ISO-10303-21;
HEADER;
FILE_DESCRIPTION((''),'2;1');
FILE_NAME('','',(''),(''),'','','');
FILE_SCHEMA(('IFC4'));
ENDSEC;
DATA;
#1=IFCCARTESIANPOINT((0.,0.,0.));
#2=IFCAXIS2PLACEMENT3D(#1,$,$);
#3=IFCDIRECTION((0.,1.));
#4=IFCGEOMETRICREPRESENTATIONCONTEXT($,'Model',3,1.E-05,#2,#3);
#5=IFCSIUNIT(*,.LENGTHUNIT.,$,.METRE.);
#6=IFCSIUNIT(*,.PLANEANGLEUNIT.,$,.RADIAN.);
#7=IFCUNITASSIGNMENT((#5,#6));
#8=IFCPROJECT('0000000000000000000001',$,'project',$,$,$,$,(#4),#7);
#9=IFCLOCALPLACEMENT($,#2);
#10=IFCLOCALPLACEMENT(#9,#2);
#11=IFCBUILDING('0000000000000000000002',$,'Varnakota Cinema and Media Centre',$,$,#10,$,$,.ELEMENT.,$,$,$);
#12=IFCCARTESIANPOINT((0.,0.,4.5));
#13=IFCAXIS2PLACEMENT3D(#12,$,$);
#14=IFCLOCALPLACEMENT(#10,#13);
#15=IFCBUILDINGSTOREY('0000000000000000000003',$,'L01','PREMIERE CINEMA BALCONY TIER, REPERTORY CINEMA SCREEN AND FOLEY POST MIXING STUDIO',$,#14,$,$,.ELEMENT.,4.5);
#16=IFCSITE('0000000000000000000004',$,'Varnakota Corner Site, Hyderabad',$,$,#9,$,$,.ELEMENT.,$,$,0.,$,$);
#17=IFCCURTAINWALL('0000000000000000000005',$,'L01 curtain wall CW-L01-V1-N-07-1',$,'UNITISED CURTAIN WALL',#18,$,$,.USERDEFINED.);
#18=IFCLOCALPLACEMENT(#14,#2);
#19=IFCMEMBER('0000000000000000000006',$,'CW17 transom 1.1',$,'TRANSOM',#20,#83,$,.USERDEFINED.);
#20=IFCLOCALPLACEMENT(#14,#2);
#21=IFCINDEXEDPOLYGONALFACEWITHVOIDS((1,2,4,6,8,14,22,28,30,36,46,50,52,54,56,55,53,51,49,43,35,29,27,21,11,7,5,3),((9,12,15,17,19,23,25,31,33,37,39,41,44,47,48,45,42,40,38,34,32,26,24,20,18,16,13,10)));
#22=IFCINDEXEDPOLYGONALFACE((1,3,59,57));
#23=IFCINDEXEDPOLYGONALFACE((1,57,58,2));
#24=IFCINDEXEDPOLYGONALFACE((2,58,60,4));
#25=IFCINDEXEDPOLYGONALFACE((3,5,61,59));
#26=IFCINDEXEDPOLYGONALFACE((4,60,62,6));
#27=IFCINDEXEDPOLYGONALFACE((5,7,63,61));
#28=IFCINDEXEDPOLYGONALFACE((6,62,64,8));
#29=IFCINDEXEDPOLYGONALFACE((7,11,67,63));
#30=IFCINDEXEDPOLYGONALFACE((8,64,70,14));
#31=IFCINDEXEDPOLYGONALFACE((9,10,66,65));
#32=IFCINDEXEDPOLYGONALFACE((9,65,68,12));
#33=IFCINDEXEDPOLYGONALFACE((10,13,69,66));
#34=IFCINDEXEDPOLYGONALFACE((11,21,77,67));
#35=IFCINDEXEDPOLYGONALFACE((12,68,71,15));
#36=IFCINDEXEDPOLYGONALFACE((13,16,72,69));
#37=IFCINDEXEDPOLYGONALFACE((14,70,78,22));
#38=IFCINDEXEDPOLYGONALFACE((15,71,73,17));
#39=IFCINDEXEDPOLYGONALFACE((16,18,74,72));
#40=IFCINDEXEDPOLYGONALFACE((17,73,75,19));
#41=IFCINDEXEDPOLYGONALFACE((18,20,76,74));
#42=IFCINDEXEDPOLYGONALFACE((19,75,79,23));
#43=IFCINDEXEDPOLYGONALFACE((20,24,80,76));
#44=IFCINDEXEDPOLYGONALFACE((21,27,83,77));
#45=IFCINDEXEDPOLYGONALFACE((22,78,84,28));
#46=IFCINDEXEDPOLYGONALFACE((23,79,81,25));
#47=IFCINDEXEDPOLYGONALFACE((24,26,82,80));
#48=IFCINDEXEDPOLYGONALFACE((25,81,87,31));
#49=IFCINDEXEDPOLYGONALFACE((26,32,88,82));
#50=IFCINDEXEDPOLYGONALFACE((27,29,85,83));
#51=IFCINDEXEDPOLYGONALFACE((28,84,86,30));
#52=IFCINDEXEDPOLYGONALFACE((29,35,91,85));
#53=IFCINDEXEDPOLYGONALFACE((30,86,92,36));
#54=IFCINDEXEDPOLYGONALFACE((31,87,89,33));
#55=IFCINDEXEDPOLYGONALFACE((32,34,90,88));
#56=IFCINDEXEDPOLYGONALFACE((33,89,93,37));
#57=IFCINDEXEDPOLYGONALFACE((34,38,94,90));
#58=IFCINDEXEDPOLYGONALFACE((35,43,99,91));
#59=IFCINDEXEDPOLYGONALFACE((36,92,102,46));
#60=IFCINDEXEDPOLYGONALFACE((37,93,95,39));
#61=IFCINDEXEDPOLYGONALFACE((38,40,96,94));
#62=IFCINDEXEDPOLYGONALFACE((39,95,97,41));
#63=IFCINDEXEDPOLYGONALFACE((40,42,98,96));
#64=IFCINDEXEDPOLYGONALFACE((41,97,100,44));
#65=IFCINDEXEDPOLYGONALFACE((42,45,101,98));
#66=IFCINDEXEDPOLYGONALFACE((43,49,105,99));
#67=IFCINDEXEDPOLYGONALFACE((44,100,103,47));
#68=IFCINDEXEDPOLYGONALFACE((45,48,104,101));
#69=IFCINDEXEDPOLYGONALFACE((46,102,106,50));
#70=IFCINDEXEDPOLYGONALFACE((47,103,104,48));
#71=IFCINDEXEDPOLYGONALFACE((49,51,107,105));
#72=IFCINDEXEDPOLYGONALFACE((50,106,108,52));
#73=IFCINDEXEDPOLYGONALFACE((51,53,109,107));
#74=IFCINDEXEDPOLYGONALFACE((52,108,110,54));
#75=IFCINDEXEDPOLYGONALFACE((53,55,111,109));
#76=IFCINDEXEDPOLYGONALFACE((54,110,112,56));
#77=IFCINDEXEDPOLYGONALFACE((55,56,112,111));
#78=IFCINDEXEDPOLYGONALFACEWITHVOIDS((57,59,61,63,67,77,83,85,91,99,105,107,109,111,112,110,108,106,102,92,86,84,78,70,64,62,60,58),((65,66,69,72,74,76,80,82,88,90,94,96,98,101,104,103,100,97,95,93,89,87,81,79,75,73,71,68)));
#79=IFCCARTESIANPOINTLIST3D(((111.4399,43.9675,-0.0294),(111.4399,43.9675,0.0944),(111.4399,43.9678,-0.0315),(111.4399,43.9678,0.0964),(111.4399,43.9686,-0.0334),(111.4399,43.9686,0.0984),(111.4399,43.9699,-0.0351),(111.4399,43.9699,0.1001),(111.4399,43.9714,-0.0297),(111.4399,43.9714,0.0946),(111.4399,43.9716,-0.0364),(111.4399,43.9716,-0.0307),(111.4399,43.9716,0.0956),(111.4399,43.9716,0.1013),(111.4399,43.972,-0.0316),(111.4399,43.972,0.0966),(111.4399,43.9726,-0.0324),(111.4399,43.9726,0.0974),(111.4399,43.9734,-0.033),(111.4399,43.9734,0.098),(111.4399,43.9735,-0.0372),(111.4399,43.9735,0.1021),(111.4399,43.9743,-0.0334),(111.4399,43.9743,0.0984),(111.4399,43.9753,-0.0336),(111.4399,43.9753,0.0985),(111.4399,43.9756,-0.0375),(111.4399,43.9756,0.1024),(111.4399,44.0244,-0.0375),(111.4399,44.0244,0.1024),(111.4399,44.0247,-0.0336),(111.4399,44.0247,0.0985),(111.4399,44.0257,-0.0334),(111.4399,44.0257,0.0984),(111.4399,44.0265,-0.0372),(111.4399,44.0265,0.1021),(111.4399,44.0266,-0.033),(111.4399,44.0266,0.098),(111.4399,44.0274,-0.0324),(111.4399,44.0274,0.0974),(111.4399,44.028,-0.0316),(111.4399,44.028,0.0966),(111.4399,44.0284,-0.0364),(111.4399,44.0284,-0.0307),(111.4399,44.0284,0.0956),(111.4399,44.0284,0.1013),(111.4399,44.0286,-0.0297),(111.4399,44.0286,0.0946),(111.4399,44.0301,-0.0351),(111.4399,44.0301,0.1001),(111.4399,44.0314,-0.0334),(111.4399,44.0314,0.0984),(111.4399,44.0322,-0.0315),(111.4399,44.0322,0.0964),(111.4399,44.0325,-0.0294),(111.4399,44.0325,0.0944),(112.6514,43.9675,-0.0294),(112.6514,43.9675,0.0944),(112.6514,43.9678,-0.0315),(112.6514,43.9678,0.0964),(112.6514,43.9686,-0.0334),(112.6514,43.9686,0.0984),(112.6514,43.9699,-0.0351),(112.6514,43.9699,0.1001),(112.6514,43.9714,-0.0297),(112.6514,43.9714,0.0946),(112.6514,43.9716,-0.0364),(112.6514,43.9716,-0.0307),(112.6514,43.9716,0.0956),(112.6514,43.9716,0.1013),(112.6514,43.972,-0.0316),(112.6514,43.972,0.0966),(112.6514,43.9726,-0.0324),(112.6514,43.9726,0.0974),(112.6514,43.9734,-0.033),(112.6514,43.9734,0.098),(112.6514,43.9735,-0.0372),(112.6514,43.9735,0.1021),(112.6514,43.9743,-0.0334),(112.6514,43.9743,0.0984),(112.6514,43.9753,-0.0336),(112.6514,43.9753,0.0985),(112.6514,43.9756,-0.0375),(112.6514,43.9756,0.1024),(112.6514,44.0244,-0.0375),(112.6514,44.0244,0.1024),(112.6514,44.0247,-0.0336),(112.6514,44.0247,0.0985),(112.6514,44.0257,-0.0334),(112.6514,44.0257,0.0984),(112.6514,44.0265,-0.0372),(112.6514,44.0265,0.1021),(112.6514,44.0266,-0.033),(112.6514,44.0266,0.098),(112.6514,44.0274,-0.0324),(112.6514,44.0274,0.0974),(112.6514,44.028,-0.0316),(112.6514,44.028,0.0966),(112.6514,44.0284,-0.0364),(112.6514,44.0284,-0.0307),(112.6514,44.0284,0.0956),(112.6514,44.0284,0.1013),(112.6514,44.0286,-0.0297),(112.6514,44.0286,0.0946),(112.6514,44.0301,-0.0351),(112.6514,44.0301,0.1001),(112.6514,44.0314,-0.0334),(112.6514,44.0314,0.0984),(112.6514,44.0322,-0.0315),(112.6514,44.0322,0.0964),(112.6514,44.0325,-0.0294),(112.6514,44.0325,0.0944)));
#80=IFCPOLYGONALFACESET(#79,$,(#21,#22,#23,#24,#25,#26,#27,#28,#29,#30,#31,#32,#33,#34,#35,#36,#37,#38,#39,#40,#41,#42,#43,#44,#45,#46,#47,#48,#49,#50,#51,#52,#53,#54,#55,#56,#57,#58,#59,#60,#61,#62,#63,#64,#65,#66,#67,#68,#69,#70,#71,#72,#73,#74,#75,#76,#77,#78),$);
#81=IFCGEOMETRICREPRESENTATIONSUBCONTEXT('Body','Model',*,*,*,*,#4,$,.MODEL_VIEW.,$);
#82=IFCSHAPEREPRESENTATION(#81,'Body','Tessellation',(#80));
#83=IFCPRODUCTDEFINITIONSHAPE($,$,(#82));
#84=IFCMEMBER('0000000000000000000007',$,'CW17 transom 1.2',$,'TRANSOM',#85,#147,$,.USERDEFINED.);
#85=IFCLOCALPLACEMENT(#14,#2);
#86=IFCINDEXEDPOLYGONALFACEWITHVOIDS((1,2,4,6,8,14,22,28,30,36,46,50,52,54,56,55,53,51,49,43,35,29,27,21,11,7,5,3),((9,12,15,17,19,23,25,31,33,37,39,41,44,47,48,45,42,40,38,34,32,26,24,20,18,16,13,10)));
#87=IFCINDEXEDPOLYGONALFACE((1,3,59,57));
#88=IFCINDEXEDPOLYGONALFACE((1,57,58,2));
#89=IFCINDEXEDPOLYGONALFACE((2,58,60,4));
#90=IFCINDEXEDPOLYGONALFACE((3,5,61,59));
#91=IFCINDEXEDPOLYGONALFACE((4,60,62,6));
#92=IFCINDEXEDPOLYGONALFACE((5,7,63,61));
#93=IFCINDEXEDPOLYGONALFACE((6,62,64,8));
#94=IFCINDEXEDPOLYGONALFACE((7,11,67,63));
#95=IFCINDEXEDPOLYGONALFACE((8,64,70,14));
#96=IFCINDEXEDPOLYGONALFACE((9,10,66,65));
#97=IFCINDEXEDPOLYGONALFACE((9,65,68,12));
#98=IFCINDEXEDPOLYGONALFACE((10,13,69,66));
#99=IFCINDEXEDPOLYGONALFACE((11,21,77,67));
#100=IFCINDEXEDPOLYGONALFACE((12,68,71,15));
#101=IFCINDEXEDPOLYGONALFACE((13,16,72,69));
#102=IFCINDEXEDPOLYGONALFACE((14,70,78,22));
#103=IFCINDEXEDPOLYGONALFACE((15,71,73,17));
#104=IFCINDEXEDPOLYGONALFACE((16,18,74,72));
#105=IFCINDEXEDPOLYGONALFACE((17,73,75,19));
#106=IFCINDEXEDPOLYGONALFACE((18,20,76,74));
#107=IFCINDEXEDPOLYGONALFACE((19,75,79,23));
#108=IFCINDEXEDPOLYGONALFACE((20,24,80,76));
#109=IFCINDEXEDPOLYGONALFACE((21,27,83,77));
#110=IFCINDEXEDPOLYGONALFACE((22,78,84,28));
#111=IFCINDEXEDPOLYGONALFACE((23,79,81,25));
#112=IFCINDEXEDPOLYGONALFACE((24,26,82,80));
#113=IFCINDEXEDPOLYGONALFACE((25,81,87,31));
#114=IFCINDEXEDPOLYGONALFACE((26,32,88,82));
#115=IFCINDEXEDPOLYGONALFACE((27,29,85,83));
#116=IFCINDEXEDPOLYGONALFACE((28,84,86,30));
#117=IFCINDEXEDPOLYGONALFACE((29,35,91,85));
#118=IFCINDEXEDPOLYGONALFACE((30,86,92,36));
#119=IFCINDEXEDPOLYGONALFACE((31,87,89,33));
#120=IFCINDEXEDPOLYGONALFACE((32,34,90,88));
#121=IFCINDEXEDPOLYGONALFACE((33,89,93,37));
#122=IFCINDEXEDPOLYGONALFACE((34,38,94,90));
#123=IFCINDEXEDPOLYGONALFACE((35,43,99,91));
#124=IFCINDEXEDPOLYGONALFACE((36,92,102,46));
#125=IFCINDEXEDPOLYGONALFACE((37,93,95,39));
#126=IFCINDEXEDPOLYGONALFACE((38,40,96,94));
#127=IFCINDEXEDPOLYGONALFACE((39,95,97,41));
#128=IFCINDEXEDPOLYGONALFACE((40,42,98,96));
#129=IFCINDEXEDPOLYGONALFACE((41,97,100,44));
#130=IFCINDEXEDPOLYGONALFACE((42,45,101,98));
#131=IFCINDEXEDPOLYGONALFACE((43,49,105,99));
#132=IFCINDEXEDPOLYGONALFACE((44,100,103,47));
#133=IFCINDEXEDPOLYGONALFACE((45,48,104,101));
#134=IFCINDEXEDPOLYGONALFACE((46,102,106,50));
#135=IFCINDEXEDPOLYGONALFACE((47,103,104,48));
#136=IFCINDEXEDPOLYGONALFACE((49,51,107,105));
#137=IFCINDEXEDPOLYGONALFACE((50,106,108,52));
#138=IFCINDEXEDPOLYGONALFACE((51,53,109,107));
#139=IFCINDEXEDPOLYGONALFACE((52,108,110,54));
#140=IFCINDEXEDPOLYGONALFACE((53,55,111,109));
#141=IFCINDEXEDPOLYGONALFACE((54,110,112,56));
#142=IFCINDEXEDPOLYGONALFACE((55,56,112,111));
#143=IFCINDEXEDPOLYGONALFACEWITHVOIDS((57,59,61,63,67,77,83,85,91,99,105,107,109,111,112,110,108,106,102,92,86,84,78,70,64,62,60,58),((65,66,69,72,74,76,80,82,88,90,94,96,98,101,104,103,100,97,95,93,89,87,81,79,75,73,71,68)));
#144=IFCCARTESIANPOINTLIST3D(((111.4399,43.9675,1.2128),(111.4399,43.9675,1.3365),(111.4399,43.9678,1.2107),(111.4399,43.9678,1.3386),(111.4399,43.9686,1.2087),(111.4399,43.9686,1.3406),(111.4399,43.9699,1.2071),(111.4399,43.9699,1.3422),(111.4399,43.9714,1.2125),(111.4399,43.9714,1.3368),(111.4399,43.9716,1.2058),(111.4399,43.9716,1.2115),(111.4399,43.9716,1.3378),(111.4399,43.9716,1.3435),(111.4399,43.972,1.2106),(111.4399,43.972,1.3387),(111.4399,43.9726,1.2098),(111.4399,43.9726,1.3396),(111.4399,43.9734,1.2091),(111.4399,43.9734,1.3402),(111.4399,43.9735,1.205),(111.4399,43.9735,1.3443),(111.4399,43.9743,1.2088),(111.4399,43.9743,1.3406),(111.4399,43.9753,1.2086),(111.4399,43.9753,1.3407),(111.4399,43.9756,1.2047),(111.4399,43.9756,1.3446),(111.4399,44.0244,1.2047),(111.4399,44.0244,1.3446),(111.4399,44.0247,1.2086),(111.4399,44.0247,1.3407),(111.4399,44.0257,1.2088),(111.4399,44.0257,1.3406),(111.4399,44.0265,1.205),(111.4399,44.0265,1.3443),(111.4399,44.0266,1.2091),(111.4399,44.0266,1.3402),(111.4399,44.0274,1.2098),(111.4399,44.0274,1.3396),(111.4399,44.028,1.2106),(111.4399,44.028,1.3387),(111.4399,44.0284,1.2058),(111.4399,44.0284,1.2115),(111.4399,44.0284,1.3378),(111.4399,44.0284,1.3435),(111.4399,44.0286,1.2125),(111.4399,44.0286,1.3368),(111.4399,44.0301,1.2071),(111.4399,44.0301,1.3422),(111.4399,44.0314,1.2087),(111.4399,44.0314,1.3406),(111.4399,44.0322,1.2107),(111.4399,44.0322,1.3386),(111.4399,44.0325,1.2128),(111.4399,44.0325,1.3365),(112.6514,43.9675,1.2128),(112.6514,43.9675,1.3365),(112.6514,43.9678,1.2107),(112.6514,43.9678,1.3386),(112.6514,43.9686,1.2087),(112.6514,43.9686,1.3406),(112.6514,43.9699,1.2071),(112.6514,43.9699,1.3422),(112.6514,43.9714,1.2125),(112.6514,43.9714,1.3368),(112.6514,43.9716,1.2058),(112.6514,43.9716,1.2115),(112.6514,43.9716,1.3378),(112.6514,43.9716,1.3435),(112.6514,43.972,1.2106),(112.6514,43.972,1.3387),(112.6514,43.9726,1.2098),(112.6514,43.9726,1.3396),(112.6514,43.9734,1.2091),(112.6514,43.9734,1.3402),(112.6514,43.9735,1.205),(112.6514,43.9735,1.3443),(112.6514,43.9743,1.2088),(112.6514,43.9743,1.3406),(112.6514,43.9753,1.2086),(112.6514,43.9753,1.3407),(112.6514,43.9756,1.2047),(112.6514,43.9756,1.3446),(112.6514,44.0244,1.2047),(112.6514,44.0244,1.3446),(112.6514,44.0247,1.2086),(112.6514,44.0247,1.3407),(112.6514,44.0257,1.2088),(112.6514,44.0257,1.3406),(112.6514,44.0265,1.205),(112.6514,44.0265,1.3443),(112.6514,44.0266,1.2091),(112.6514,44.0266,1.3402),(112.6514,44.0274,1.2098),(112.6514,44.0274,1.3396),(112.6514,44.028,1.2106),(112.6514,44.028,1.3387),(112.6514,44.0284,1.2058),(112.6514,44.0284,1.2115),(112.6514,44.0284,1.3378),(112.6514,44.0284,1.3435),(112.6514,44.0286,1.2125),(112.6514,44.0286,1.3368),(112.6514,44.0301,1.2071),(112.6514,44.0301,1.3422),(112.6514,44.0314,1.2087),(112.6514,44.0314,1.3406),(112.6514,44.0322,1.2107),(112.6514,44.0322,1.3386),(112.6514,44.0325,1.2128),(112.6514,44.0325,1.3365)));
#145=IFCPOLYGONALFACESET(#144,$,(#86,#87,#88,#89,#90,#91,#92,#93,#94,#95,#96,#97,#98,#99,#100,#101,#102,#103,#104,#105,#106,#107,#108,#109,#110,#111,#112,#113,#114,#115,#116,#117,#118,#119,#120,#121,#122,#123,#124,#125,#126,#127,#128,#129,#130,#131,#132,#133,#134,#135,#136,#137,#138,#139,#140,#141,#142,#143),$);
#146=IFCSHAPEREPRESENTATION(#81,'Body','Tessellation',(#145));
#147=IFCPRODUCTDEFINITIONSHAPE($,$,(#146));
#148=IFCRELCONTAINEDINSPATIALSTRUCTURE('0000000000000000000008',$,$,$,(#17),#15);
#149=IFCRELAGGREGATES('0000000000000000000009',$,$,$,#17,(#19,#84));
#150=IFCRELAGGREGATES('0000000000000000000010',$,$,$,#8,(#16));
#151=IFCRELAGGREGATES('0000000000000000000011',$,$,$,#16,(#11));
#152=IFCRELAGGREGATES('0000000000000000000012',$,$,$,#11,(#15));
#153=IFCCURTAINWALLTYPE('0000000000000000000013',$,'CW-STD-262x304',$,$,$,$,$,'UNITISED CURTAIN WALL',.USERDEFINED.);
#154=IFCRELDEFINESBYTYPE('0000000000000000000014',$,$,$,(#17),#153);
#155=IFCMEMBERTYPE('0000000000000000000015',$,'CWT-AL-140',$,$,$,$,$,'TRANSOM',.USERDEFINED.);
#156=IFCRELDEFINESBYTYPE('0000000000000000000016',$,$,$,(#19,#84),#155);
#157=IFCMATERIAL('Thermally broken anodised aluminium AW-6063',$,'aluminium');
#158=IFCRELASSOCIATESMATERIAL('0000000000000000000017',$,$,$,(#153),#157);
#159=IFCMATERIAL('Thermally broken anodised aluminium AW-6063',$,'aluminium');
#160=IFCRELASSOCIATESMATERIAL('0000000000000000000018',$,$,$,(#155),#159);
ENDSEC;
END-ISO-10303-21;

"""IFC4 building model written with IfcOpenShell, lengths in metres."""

from ifc_helpers import new_model, si_unit, direction, frame, origin, origin_2d, place, context, subcontext, project, spatial, hollow_rectangle, extrude, material, material_profile, profile_set, type_object, element, aggregate, save


model = new_model("IFC4")

# Units and contexts
model_context = context("Model", 3, precision=1e-05, world=origin(), true_north=direction((0.0, 1.0)))
body_context = subcontext(model_context, "Body", "Model", "MODEL_VIEW")
ifc_project = project(units=[si_unit("LENGTHUNIT", "METRE"), si_unit("PLANEANGLEUNIT", "RADIAN")], contexts=[model_context])

# Site, building, storey
site_placement = place(None, origin())
site = spatial("IfcSite", under=ifc_project, at=site_placement, Name="Varnakota Corner Site, Hyderabad", CompositionType="ELEMENT", RefElevation=0.0)
building_placement = place(site_placement, origin())
building = spatial("IfcBuilding", under=site, at=building_placement, Name="Varnakota Cinema and Media Centre", CompositionType="ELEMENT")
storey_placement = place(building_placement, frame((0.0, 0.0, 4.5)))
storey = spatial("IfcBuildingStorey", under=building, at=storey_placement, Name="L01", Description="PREMIERE CINEMA BALCONY TIER, REPERTORY CINEMA SCREEN AND FOLEY POST MIXING STUDIO", CompositionType="ELEMENT", Elevation=4.5)

# Shared definitions
ifc_material_1 = material(Name="Thermally broken anodised aluminium AW-6063", Category="aluminium")
curtain_wall_type = type_object("IfcCurtainWallType", Name="CW-STD-262x304", ElementType="UNITISED CURTAIN WALL", PredefinedType="USERDEFINED", material=ifc_material_1)

# Curtain wall
curtain_wall_1_placement = place(storey_placement, origin())
curtain_wall_1 = element("IfcCurtainWall", 1, at=curtain_wall_1_placement, inside=storey, type_object=curtain_wall_type, Name="L01 curtain wall CW-L01-V1-N-07-1", ObjectType="UNITISED CURTAIN WALL", PredefinedType="USERDEFINED")

# Members
ifc_material_2 = material(Name="Thermally broken anodised aluminium AW-6063", Category="aluminium")
ifc_material_profile_1 = material_profile(ifc_material_2, hollow_rectangle(XDim=0.0649, YDim=0.1399, WallThickness=0.0039, InnerFilletRadius=0.0039, OuterFilletRadius=0.0081, at=origin_2d()), Name="AL-TRANSOM 140x65x4")
ifc_profile_set_1 = profile_set([ifc_material_profile_1], Name="Thermally broken anodised aluminium AW-6063")
member_type_1 = type_object("IfcMemberType", Name="CWT-AL-140", ElementType="TRANSOM", PredefinedType="USERDEFINED", material=ifc_profile_set_1)
member_1_placement = place(storey_placement, frame((111.4399, 44.0, 0.0325), z_axis=(1.0, 0.0, 0.0), x_axis=(0.0, 1.0, 0.0)))
member_1 = element("IfcMember", 2, at=member_1_placement, type_object=member_type_1, Name="CW17 transom 1.1", ObjectType="TRANSOM", PredefinedType="USERDEFINED", context=body_context, shape_type="SweptSolid", body=[
    extrude(hollow_rectangle(XDim=0.0649, YDim=0.1399, WallThickness=0.0039, InnerFilletRadius=0.0039, OuterFilletRadius=0.0081, at=origin_2d()), origin(), (0.0, 0.0, 1.0), 1.2114),
])
member_2_placement = place(storey_placement, frame((111.4399, 44.0, 1.2747), z_axis=(1.0, 0.0, 0.0), x_axis=(0.0, 1.0, 0.0)))
member_2 = element("IfcMember", 3, at=member_2_placement, type_object=member_type_1, Name="CW17 transom 1.2", ObjectType="TRANSOM", PredefinedType="USERDEFINED", context=body_context, shape_type="SweptSolid", body=[
    extrude(hollow_rectangle(XDim=0.0649, YDim=0.1399, WallThickness=0.0039, InnerFilletRadius=0.0039, OuterFilletRadius=0.0081, at=origin_2d()), origin(), (0.0, 0.0, 1.0), 1.2114),
])

aggregate(curtain_wall_1, [member_1, member_2])

save(model, "model.ifc")
